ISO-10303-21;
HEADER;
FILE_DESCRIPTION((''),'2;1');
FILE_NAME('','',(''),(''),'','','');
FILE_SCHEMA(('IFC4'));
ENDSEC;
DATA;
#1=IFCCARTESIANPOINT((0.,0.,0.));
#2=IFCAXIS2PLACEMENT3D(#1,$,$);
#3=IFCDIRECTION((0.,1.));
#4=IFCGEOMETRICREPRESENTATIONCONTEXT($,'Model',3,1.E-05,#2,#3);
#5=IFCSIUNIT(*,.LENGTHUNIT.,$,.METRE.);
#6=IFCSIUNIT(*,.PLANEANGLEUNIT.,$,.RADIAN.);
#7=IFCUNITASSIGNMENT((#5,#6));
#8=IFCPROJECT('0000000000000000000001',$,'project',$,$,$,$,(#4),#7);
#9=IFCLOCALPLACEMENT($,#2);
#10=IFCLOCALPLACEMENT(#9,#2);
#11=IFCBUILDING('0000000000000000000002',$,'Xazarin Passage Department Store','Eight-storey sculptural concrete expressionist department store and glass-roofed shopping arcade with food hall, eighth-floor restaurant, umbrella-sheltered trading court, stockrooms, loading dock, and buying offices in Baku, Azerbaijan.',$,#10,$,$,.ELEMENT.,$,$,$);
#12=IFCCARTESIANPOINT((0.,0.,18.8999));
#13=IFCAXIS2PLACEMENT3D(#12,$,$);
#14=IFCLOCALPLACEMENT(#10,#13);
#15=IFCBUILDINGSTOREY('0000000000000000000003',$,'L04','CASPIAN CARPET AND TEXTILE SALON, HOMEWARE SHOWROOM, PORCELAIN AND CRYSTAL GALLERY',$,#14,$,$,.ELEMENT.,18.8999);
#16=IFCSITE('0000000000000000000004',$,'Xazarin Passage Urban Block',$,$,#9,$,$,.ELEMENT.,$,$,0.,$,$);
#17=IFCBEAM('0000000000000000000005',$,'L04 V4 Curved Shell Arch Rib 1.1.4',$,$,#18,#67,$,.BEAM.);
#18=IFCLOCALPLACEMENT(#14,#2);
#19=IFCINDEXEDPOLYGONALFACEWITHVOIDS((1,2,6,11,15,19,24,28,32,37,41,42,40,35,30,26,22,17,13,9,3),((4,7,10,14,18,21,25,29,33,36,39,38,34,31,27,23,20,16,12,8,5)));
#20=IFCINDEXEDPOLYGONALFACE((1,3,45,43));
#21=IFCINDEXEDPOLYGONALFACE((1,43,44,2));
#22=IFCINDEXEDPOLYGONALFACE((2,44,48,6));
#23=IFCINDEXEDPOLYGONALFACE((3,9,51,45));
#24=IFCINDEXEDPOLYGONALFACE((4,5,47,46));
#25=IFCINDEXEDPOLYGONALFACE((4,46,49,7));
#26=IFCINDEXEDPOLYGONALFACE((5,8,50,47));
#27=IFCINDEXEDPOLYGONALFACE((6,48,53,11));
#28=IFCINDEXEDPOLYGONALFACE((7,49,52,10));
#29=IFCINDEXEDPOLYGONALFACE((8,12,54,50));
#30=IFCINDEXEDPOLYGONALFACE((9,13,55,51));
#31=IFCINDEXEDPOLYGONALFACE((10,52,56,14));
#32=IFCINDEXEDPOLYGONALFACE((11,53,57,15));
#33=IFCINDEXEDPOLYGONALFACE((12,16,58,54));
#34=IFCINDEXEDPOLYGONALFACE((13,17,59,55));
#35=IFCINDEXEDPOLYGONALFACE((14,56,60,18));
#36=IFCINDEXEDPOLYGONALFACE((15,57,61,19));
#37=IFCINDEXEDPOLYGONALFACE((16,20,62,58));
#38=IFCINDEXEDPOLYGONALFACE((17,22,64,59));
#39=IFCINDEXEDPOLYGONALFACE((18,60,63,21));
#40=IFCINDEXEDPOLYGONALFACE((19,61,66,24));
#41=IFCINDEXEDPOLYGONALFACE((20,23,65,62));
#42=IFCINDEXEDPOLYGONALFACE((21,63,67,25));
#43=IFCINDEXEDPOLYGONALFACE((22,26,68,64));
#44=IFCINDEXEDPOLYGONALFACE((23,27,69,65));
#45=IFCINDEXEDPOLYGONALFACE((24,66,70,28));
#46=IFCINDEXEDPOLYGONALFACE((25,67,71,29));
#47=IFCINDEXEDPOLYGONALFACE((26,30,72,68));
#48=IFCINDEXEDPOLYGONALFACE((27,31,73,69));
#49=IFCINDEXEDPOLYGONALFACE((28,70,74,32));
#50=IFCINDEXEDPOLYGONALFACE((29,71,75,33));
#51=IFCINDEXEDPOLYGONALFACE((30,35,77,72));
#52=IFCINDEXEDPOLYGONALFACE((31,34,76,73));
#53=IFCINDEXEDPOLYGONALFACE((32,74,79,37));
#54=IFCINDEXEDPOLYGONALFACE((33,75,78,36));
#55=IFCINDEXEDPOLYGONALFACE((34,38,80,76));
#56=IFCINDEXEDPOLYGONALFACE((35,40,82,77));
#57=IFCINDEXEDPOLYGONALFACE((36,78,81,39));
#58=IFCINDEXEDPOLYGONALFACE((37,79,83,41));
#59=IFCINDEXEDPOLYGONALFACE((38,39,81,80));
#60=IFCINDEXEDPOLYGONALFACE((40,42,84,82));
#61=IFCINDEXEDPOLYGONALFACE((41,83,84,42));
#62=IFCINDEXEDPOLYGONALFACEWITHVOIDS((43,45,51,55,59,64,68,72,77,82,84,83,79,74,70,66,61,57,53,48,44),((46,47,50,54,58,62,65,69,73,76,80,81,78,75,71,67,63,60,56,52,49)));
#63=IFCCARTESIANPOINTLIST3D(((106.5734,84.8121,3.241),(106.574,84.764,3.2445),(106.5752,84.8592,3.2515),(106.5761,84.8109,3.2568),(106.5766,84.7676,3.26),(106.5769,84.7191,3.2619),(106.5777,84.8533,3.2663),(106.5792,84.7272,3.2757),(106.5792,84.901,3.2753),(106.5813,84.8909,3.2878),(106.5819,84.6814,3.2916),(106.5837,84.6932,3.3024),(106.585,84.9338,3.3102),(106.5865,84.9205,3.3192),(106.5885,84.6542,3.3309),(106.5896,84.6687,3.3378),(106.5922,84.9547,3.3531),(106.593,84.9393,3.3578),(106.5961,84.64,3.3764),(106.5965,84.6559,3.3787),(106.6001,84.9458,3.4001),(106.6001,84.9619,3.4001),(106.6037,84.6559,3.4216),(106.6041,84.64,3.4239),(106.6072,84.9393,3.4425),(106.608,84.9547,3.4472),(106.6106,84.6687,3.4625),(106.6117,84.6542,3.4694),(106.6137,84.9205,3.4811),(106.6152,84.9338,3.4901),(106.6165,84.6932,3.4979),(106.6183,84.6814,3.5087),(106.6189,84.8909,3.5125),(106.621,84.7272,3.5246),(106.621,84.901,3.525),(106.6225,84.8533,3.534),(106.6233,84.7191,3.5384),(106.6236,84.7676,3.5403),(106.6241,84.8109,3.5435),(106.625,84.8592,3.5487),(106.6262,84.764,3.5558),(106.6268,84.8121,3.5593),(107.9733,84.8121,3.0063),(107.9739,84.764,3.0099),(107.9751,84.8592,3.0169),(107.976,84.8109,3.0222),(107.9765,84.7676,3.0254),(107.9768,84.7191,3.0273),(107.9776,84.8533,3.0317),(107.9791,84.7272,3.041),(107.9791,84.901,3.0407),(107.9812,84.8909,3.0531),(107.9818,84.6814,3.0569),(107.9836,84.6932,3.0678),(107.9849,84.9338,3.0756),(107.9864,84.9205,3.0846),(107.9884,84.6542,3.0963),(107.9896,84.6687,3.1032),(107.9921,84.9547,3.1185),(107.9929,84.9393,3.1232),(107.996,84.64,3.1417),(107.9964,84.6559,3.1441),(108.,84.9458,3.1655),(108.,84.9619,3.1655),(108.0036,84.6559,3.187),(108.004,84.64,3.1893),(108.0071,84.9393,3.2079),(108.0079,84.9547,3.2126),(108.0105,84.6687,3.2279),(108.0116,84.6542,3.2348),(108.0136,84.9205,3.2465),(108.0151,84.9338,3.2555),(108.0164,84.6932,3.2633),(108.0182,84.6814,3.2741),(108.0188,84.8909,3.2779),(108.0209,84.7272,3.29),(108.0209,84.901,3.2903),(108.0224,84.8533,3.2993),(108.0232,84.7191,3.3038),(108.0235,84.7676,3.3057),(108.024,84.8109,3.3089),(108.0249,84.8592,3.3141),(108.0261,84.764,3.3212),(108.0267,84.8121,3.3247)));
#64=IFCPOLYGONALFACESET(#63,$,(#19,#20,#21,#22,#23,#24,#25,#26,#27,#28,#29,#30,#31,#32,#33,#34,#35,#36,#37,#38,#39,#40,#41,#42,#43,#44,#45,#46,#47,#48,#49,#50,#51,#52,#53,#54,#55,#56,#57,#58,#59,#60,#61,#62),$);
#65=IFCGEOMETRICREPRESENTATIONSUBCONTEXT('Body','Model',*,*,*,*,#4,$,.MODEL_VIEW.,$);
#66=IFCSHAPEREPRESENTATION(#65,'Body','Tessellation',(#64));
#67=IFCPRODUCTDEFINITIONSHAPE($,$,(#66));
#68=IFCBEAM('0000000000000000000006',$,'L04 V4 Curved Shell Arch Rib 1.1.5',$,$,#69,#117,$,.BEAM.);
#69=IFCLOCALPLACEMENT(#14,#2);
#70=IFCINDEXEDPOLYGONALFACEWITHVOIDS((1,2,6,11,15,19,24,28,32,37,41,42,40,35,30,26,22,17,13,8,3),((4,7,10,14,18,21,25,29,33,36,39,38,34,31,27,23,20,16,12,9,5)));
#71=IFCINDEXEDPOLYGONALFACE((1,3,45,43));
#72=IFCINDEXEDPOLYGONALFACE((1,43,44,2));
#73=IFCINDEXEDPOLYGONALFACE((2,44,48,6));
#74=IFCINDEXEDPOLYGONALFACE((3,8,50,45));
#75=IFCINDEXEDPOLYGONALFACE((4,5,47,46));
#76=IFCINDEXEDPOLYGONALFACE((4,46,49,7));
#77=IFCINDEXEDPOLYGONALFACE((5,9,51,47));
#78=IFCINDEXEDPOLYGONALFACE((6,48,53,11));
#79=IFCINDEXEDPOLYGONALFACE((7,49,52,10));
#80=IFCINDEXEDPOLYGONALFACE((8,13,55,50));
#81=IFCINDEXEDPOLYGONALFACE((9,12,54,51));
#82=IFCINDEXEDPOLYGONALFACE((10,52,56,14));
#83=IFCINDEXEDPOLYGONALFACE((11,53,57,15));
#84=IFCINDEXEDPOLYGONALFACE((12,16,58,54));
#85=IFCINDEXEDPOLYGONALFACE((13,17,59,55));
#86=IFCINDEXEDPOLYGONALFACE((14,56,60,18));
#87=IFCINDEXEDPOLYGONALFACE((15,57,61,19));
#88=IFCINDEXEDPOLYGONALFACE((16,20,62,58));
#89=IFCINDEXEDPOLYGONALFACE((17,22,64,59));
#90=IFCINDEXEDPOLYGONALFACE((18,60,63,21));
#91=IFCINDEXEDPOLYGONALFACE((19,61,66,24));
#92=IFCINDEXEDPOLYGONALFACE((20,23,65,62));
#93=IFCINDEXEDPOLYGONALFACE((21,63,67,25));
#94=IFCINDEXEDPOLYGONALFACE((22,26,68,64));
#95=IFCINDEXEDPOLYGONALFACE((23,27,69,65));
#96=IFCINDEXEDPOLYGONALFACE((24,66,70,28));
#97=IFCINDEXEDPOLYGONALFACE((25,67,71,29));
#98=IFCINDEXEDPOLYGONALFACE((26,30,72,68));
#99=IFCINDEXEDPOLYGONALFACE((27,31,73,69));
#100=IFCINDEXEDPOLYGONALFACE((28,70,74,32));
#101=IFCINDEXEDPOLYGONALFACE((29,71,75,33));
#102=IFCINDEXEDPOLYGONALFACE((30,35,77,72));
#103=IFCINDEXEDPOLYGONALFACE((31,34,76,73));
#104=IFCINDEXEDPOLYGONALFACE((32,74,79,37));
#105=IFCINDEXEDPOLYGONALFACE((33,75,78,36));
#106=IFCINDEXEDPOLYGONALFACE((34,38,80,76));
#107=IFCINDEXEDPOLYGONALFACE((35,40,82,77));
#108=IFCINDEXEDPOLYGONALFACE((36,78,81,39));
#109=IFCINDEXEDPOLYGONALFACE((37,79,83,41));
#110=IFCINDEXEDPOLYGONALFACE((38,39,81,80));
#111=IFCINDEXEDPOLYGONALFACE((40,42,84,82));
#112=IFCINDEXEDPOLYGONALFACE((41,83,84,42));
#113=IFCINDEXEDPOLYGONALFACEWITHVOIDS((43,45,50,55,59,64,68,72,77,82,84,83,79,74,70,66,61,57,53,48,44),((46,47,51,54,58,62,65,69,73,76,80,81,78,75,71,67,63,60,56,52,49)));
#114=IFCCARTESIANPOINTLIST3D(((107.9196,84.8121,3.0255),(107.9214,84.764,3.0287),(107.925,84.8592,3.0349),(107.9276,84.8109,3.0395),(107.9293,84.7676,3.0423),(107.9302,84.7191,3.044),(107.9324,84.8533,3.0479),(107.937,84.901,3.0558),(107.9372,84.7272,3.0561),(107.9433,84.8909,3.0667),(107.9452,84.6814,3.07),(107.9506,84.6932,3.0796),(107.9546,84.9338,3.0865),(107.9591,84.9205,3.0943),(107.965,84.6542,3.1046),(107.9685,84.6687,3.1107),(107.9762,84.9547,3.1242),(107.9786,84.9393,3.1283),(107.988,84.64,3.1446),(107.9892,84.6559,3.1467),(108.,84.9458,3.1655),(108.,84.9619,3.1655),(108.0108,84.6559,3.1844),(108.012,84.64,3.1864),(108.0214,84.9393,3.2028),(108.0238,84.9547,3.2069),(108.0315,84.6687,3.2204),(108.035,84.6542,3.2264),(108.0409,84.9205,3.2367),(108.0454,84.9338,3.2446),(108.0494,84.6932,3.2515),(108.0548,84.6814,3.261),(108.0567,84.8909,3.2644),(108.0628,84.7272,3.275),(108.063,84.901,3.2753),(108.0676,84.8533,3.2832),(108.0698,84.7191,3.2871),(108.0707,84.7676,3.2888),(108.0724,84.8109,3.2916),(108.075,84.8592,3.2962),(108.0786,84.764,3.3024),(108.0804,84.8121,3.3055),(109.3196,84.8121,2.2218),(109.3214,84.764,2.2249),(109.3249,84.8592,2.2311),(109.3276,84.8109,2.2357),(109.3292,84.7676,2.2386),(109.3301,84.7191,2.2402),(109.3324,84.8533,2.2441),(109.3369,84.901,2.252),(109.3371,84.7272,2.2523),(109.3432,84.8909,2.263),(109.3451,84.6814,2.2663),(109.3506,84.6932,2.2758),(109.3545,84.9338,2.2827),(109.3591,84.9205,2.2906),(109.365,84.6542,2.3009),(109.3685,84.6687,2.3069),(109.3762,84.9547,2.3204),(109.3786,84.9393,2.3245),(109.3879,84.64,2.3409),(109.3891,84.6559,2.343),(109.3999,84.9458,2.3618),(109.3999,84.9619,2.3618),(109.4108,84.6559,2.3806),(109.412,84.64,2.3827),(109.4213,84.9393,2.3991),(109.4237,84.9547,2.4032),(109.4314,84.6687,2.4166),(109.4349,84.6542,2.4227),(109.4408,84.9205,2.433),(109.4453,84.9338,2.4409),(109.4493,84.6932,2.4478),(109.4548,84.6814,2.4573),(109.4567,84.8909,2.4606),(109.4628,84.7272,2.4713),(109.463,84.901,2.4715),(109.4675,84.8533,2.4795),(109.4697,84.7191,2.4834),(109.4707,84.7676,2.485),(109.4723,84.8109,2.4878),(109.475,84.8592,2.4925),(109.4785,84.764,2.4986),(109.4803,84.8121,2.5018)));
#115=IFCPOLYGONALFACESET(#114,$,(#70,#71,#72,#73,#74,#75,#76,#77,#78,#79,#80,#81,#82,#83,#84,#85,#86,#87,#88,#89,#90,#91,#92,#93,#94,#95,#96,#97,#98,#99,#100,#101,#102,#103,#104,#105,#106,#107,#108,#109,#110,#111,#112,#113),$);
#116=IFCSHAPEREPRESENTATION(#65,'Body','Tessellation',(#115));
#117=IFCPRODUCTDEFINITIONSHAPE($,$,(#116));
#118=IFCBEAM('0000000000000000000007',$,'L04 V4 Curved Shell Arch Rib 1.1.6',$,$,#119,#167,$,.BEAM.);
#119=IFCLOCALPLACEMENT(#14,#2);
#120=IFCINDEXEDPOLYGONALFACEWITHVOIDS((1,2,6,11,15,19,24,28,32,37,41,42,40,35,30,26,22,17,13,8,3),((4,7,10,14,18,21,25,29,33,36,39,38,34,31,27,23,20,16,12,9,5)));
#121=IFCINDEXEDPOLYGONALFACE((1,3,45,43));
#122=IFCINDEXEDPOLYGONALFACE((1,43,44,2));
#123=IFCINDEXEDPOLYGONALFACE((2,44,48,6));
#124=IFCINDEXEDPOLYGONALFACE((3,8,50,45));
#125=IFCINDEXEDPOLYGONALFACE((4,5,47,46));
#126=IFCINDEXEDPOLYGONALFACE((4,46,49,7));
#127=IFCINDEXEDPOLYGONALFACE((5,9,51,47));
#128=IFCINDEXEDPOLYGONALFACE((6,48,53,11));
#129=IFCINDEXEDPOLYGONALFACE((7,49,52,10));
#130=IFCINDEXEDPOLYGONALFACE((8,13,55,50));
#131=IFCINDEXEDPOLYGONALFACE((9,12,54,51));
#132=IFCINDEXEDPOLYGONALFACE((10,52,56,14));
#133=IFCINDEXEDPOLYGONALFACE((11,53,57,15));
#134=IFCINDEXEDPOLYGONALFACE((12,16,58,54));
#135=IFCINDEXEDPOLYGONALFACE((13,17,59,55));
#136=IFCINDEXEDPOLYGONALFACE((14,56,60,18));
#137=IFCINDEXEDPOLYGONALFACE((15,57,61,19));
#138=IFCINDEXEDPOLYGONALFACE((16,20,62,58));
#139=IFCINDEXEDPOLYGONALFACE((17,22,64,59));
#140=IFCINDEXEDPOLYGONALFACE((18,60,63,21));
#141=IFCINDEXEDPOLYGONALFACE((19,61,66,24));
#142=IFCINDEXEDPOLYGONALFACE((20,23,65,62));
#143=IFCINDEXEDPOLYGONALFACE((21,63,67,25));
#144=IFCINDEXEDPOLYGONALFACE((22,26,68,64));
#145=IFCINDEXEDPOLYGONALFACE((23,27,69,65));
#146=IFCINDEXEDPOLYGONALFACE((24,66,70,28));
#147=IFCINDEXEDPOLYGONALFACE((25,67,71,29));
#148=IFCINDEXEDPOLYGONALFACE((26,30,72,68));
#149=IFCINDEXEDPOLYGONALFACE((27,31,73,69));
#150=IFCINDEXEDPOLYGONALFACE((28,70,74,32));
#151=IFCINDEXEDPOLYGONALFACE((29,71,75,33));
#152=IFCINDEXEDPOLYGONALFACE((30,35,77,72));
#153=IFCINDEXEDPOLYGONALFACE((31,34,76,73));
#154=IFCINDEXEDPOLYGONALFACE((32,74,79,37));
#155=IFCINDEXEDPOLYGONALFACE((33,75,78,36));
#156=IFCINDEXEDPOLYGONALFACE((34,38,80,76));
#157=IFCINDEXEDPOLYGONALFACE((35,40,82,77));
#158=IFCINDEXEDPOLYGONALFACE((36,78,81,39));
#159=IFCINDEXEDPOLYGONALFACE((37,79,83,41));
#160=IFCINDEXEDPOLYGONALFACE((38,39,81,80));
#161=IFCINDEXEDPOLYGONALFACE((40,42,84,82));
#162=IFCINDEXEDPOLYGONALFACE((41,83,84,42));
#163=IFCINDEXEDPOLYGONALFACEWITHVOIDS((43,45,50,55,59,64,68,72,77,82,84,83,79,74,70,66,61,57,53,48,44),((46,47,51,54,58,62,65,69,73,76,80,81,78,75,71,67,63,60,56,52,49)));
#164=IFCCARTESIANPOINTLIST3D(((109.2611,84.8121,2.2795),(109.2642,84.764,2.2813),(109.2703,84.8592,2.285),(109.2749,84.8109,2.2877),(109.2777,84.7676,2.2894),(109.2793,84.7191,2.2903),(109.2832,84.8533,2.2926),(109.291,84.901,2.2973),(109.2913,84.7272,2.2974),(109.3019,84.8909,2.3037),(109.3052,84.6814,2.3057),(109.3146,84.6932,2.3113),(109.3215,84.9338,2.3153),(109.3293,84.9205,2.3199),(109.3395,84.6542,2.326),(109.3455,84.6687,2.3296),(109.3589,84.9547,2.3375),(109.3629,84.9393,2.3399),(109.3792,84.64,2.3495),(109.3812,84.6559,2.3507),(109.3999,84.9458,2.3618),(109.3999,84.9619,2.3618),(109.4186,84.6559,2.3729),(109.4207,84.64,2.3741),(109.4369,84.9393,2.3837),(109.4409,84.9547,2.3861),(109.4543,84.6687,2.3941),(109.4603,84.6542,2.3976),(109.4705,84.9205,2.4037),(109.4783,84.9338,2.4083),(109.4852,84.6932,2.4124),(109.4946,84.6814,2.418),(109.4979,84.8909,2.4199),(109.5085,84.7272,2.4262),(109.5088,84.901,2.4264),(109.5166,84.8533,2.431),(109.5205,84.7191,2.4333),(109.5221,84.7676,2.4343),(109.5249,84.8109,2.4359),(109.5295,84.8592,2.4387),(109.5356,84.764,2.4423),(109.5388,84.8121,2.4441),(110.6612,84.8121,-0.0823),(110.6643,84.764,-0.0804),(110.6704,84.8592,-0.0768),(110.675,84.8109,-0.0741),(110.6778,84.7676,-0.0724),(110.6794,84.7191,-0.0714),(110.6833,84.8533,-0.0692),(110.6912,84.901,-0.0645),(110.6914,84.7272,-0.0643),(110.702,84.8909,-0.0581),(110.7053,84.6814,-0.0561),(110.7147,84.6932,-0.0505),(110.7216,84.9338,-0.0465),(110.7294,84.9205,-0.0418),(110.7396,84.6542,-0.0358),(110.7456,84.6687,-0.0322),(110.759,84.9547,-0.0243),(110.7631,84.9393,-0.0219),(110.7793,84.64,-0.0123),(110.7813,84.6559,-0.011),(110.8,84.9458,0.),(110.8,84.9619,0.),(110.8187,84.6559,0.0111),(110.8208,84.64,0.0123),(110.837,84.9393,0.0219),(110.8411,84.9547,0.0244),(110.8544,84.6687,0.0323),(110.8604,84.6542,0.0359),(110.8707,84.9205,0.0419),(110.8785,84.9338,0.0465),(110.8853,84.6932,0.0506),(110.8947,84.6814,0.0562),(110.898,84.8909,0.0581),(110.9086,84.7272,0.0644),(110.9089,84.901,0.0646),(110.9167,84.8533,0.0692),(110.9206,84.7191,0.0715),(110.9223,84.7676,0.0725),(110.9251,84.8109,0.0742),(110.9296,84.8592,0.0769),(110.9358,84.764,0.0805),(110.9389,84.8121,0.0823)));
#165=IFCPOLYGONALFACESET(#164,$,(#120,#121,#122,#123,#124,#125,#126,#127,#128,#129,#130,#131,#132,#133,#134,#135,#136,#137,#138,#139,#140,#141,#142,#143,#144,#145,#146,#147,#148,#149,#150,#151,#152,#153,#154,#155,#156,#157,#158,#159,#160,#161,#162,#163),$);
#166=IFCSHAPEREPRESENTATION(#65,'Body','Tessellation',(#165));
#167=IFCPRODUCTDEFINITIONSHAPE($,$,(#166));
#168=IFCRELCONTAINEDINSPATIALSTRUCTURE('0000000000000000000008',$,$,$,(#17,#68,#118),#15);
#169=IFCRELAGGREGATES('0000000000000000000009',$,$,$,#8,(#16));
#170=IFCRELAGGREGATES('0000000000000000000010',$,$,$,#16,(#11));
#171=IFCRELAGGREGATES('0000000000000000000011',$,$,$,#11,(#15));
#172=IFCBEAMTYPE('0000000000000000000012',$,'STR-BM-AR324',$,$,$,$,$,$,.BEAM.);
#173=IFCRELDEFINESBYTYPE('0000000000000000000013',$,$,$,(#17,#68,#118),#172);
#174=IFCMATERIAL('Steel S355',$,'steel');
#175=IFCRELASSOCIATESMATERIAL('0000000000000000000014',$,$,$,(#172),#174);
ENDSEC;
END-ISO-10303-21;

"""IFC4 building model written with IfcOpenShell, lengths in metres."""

from ifc_helpers import new_model, si_unit, direction, frame, origin, origin_2d, place, context, subcontext, project, spatial, hollow_circle, extrude, material, material_profile, profile_set, type_object, element, save


model = new_model("IFC4")

# Units and contexts
model_context = context("Model", 3, precision=1e-05, world=origin(), true_north=direction((0.0, 1.0)))
body_context = subcontext(model_context, "Body", "Model", "MODEL_VIEW")
ifc_project = project(units=[si_unit("LENGTHUNIT", "METRE"), si_unit("PLANEANGLEUNIT", "RADIAN")], contexts=[model_context])

# Site, building, storey
site_placement = place(None, origin())
site = spatial("IfcSite", under=ifc_project, at=site_placement, Name="Xazarin Passage Urban Block", CompositionType="ELEMENT", RefElevation=0.0)
building_placement = place(site_placement, origin())
building = spatial("IfcBuilding", under=site, at=building_placement, Name="Xazarin Passage Department Store", Description="Eight-storey sculptural concrete expressionist department store and glass-roofed shopping arcade with food hall, eighth-floor restaurant, umbrella-sheltered trading court, stockrooms, loading dock, and buying offices in Baku, Azerbaijan.", CompositionType="ELEMENT")
storey_placement = place(building_placement, frame((0.0, 0.0, 18.8999)))
storey = spatial("IfcBuildingStorey", under=building, at=storey_placement, Name="L04", Description="CASPIAN CARPET AND TEXTILE SALON, HOMEWARE SHOWROOM, PORCELAIN AND CRYSTAL GALLERY", CompositionType="ELEMENT", Elevation=18.8999)

# Beams
ifc_material_1 = material(Name="Steel S355", Category="steel")
ifc_material_profile_1 = material_profile(ifc_material_1, hollow_circle(Radius=0.1619, WallThickness=0.0161, at=origin_2d()), Name="CHS 323.9x16")
ifc_profile_set_1 = profile_set([ifc_material_profile_1], Name="Steel S355")
beam_type_1 = type_object("IfcBeamType", Name="STR-BM-AR324", PredefinedType="BEAM", material=ifc_profile_set_1)
beam_1_placement = place(storey_placement, frame((106.6001, 84.8, 3.4001), z_axis=(0.986245, 0.0, -0.165291), x_axis=(0.0, 1.0, 0.0)))
element("IfcBeam", 1, at=beam_1_placement, inside=storey, type_object=beam_type_1, Name="L04 V4 Curved Shell Arch Rib 1.1.4", PredefinedType="BEAM", context=body_context, shape_type="SweptSolid", body=[
    extrude(hollow_circle(Radius=0.1619, WallThickness=0.0161, at=origin_2d()), origin(), (0.0, 0.0, 1.0), 1.4194),
])
beam_2_placement = place(storey_placement, frame((108.0, 84.8, 3.1655), z_axis=(0.867236, 0.0, -0.497897), x_axis=(0.0, 1.0, 0.0)))
element("IfcBeam", 2, at=beam_2_placement, inside=storey, type_object=beam_type_1, Name="L04 V4 Curved Shell Arch Rib 1.1.5", PredefinedType="BEAM", context=body_context, shape_type="SweptSolid", body=[
    extrude(hollow_circle(Radius=0.1619, WallThickness=0.0161, at=origin_2d()), origin(), (0.0, 0.0, 1.0), 1.6143),
])
for number, where, z_axis, x_axis, name in (
    (3, (109.3999, 84.8, 2.3618), (0.509951, 0.0, -0.860203), (0.0, 1.0, 0.0), "L04 V4 Curved Shell Arch Rib 1.1.6"),
):
    element("IfcBeam", number, at=place(storey_placement, frame(where, z_axis=z_axis, x_axis=x_axis)), inside=storey, type_object=beam_type_1, Name=name, PredefinedType="BEAM", context=body_context, shape_type="SweptSolid", body=[
        extrude(hollow_circle(Radius=0.1619, WallThickness=0.0161, at=origin_2d()), origin(), (0.0, 0.0, 1.0), 2.7456),
    ])

save(model, "model.ifc")
